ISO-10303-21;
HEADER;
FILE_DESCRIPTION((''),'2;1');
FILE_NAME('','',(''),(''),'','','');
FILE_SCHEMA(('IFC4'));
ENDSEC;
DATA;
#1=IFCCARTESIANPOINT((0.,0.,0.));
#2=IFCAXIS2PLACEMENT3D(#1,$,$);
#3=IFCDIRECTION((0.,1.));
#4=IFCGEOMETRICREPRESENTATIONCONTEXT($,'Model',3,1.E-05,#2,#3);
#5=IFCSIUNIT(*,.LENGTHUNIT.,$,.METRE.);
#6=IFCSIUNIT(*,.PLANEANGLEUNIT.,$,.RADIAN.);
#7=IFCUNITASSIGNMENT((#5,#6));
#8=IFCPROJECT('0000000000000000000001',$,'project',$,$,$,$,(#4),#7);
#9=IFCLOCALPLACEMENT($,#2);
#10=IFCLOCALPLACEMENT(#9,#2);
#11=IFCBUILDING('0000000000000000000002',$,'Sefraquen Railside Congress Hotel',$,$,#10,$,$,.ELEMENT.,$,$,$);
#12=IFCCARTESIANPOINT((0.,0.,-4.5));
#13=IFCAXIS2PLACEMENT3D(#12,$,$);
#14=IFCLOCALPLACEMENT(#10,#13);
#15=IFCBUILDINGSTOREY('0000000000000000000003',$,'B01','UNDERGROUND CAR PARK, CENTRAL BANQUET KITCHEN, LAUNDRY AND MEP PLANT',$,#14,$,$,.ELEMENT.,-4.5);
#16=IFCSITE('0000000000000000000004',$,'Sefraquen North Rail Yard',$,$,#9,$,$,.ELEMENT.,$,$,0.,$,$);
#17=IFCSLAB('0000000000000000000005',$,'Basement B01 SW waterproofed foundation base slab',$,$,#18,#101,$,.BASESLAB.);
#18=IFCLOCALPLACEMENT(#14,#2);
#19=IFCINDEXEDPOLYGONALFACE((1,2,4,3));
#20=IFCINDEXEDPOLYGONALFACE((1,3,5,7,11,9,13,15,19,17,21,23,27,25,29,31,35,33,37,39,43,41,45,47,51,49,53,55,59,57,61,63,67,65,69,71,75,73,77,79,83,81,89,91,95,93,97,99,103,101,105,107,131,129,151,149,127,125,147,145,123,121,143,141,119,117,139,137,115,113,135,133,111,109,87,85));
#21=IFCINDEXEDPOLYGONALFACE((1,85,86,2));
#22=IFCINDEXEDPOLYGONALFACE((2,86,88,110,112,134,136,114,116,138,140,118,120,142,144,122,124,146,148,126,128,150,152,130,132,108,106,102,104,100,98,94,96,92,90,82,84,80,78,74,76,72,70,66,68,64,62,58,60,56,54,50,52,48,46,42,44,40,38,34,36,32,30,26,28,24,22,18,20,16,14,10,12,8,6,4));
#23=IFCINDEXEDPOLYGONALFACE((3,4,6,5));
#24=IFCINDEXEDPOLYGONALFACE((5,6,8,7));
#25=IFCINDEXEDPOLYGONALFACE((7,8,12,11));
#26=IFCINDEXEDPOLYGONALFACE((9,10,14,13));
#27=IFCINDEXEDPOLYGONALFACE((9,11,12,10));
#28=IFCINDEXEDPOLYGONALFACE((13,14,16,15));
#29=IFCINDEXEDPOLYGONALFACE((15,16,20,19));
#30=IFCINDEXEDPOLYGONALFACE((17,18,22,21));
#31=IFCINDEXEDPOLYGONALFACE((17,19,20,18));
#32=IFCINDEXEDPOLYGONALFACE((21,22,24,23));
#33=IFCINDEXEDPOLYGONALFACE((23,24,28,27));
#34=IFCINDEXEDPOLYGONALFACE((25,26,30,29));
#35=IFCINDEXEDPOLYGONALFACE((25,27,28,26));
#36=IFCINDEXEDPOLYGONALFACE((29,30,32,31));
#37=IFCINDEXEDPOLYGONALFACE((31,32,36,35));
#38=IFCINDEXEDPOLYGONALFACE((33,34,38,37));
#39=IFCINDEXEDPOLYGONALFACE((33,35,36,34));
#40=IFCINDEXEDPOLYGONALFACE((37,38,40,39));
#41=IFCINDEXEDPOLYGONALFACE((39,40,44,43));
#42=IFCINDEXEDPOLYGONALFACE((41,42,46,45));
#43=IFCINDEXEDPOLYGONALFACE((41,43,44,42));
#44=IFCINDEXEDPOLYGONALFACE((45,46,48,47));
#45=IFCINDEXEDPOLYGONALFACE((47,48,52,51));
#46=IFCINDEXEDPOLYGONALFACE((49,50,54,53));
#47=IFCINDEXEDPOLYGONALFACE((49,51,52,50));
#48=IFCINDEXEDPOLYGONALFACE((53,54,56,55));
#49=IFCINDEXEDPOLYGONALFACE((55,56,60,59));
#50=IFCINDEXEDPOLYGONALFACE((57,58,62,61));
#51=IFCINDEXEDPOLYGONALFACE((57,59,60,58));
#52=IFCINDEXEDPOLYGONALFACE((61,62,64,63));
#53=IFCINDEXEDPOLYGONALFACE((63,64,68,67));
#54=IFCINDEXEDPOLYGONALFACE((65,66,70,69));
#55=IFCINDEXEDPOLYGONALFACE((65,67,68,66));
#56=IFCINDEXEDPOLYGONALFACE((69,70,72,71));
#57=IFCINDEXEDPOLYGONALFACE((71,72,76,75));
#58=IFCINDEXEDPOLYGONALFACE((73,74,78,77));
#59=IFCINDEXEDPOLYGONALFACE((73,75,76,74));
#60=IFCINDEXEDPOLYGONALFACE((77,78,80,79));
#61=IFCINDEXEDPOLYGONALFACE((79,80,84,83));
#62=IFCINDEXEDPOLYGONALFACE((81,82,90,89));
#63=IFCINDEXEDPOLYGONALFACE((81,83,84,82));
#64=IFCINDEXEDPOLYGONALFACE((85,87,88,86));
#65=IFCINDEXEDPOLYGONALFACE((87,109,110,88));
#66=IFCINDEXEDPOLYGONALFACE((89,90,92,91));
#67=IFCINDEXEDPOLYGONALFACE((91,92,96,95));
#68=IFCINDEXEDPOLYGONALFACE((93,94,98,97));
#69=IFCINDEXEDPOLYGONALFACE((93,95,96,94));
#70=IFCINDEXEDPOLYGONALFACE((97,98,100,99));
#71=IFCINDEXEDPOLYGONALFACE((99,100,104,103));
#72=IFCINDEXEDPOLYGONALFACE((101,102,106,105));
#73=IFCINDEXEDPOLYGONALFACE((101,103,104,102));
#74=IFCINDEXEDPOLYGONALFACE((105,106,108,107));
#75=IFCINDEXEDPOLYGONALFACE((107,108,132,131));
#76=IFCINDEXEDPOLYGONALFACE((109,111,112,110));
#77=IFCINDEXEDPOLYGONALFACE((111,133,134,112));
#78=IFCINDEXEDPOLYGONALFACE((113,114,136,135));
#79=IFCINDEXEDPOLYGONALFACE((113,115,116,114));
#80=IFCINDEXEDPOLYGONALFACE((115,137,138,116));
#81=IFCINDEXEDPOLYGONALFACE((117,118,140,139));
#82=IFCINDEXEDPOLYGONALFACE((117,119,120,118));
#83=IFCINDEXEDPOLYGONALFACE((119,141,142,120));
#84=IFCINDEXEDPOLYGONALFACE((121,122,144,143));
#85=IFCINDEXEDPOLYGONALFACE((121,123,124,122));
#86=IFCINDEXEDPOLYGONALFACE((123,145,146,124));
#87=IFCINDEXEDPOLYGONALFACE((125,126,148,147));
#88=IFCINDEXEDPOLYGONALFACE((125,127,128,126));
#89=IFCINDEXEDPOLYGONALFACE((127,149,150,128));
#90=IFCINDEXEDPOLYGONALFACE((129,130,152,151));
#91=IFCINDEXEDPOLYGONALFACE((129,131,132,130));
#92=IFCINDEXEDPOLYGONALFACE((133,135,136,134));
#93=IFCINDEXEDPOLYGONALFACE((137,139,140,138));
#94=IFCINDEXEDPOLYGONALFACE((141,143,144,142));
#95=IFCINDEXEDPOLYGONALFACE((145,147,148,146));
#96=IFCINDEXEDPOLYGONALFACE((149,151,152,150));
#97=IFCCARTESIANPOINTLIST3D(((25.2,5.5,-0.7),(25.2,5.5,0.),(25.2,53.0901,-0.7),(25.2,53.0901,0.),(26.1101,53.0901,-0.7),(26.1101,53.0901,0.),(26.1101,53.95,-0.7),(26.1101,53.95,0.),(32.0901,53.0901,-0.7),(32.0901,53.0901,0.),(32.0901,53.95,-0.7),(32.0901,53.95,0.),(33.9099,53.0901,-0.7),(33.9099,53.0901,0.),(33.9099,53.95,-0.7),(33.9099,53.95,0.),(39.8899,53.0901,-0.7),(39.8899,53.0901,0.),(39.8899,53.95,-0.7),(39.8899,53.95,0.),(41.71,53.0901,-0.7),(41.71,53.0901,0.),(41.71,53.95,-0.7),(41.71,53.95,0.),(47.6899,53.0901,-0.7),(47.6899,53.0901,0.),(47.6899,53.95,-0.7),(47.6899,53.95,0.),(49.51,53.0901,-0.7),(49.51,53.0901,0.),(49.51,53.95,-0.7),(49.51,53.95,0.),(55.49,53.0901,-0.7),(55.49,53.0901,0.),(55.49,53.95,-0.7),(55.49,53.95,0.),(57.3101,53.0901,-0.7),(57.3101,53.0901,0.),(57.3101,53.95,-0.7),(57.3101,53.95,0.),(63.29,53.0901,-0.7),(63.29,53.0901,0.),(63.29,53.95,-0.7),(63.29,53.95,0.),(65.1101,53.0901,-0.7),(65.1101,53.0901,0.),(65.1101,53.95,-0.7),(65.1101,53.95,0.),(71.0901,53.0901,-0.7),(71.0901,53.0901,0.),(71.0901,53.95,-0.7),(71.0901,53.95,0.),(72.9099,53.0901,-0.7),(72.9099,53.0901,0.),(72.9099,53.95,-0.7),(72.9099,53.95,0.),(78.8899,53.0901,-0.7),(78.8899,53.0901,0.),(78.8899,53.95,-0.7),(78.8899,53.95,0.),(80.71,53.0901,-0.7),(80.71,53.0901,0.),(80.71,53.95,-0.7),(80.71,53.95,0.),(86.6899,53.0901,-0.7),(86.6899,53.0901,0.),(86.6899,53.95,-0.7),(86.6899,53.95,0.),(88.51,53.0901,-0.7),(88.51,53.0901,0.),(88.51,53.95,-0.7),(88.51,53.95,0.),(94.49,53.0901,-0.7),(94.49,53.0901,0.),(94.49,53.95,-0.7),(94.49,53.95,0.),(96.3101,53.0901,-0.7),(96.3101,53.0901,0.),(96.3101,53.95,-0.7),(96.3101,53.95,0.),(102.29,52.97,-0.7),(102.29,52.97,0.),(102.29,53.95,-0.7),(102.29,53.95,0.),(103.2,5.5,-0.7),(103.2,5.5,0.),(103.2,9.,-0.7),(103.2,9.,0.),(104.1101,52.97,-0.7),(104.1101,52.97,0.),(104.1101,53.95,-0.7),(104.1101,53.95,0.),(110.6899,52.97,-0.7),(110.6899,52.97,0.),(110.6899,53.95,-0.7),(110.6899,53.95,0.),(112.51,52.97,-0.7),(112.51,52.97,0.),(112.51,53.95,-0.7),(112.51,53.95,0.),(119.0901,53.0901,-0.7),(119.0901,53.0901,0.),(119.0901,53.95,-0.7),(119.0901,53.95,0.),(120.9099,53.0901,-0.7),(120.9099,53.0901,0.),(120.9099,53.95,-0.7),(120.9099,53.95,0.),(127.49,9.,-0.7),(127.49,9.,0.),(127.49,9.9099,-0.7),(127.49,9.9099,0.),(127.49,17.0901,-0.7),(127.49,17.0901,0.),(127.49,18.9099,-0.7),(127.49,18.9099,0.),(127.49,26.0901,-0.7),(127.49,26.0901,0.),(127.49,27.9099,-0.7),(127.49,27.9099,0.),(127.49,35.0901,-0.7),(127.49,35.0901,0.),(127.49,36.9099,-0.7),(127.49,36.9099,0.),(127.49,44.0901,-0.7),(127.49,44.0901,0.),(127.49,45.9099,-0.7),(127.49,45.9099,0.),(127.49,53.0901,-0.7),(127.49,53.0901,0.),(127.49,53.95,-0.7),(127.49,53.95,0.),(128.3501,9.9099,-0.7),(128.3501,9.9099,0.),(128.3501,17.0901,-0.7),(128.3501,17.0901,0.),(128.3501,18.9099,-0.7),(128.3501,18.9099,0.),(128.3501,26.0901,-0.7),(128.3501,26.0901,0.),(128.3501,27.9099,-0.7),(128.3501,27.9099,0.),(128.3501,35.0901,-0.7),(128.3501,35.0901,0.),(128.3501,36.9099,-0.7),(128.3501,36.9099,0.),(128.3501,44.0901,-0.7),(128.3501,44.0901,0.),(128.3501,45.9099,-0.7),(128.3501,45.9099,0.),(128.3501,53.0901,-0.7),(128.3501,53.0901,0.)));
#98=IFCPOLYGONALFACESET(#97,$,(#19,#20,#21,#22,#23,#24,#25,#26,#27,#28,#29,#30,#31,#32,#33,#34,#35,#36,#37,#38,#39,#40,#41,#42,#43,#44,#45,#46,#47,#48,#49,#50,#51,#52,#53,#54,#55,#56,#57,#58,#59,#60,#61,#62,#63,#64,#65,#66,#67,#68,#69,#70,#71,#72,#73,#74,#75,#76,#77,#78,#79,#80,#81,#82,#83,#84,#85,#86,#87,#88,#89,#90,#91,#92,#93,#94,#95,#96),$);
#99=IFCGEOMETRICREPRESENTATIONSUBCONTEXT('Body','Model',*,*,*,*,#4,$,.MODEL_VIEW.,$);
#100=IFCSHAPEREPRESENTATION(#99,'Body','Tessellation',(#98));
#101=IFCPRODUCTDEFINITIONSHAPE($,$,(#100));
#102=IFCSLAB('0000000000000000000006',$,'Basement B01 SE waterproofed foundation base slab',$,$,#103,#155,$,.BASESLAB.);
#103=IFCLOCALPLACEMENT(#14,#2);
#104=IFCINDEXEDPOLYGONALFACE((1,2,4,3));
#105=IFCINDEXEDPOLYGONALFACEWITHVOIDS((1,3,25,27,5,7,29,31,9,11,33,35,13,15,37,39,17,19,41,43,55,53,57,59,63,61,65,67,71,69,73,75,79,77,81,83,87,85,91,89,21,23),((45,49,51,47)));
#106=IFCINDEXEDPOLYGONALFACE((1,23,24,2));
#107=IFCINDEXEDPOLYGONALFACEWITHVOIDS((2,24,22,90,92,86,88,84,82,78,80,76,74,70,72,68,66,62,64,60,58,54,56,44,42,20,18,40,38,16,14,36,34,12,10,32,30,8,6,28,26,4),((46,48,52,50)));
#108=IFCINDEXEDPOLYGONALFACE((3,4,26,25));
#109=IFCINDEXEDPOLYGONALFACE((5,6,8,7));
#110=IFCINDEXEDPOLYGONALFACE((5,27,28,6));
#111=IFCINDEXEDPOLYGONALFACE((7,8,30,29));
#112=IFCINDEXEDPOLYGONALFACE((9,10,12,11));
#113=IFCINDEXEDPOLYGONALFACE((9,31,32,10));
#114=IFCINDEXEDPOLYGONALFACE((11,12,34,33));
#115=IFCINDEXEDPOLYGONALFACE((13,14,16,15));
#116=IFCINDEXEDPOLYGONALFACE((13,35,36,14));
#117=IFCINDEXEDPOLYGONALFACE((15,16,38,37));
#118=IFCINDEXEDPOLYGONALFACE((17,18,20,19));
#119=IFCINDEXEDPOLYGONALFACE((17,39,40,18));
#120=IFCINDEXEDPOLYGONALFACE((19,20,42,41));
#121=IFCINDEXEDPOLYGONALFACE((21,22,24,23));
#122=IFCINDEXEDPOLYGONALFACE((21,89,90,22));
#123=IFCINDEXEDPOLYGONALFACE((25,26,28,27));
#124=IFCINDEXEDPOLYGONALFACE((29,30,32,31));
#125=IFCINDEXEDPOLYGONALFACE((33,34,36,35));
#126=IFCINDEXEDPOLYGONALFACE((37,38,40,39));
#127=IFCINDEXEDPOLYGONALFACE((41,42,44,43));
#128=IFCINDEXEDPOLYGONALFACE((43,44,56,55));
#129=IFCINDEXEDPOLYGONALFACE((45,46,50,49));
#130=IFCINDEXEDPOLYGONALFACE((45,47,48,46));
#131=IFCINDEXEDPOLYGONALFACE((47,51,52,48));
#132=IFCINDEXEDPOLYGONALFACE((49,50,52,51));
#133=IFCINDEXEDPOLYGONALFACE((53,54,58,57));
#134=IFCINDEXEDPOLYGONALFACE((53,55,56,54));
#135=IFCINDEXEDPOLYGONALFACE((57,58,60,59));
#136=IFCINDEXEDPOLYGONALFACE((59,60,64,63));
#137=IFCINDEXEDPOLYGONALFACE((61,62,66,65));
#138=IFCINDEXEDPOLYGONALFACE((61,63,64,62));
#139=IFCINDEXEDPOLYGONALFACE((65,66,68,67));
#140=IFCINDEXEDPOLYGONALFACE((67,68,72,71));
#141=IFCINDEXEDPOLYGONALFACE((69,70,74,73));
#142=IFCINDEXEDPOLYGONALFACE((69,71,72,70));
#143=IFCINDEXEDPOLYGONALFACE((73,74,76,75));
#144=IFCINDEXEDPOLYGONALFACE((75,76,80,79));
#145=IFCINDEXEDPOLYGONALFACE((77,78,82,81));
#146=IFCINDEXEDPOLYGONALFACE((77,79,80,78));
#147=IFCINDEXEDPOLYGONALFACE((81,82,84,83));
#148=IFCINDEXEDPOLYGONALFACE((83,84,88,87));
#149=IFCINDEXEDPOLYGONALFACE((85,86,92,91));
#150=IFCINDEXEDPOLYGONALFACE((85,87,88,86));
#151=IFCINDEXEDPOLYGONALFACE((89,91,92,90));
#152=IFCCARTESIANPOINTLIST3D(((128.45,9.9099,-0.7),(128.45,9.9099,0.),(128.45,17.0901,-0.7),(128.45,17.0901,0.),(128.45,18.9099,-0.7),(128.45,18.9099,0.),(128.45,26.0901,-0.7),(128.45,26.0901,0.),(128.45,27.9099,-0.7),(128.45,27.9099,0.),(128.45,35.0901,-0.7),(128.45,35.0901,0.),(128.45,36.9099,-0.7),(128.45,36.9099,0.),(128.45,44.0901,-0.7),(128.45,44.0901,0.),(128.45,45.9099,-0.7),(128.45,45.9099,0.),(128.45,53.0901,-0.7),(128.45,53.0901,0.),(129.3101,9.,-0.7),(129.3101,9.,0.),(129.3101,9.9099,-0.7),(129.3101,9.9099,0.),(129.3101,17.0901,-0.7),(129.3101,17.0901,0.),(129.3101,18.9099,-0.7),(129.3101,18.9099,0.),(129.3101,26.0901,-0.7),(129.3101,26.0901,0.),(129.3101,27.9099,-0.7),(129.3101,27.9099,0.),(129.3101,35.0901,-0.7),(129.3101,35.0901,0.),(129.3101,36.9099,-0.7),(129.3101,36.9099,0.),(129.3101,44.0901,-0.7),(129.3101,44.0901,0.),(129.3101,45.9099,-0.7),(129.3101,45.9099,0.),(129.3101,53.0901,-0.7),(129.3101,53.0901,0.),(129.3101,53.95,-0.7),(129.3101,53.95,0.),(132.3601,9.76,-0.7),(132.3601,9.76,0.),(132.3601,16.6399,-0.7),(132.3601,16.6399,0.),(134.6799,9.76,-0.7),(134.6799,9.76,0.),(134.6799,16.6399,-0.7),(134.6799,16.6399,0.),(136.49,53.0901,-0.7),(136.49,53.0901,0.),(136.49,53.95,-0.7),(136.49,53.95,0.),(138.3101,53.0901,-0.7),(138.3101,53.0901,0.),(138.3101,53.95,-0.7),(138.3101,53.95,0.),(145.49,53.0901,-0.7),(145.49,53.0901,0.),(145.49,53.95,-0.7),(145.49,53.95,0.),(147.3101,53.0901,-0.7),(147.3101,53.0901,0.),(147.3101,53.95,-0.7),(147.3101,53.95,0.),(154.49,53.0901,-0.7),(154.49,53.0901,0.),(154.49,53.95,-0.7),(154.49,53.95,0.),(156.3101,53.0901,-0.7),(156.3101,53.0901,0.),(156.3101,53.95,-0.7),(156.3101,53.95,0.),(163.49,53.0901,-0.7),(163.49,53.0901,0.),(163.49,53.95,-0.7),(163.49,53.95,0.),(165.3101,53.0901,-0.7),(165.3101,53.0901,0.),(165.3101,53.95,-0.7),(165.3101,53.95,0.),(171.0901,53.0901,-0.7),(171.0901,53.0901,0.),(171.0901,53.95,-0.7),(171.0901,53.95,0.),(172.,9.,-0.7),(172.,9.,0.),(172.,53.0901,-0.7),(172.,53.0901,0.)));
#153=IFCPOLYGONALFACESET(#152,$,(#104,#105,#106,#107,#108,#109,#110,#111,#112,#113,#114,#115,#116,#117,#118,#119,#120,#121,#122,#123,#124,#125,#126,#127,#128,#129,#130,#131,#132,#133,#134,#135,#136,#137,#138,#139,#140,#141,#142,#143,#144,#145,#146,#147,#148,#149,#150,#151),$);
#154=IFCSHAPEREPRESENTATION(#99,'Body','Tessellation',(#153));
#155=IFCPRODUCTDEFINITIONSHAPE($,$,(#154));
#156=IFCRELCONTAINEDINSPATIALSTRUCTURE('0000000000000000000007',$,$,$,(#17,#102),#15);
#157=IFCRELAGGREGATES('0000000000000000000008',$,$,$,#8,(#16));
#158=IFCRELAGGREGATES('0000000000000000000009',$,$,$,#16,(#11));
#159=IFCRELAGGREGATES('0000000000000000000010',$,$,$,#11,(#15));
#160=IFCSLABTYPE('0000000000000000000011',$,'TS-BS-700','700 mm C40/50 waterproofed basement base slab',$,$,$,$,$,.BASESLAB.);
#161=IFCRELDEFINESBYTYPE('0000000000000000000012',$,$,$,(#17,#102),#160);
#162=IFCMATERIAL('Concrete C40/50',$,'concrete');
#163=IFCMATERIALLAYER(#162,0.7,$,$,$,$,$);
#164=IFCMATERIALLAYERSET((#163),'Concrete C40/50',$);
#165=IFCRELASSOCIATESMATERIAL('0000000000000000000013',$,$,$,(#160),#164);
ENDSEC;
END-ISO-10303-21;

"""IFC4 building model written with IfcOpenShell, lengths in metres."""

from ifc_helpers import new_model, si_unit, direction, frame, origin, place, context, subcontext, project, spatial, polyline, outline, extrude, material, layer, layer_set, type_object, element, save


model = new_model("IFC4")

# Units and contexts
model_context = context("Model", 3, precision=1e-05, world=origin(), true_north=direction((0.0, 1.0)))
body_context = subcontext(model_context, "Body", "Model", "MODEL_VIEW")
ifc_project = project(units=[si_unit("LENGTHUNIT", "METRE"), si_unit("PLANEANGLEUNIT", "RADIAN")], contexts=[model_context])

# Site, building, storey
site_placement = place(None, origin())
site = spatial("IfcSite", under=ifc_project, at=site_placement, Name="Sefraquen North Rail Yard", CompositionType="ELEMENT", RefElevation=0.0)
building_placement = place(site_placement, origin())
building = spatial("IfcBuilding", under=site, at=building_placement, Name="Sefraquen Railside Congress Hotel", CompositionType="ELEMENT")
storey_placement = place(building_placement, frame((0.0, 0.0, -4.5)))
storey = spatial("IfcBuildingStorey", under=building, at=storey_placement, Name="B01", Description="UNDERGROUND CAR PARK, CENTRAL BANQUET KITCHEN, LAUNDRY AND MEP PLANT", CompositionType="ELEMENT", Elevation=-4.5)

# Slabs
ifc_material_1 = material(Name="Concrete C40/50", Category="concrete")
ifc_layer_1 = layer(ifc_material_1, 0.7)
ifc_layer_set_1 = layer_set([ifc_layer_1], Name="Concrete C40/50")
slab_type_1 = type_object("IfcSlabType", Name="TS-BS-700", Description="700 mm C40/50 waterproofed basement base slab", PredefinedType="BASESLAB", material=ifc_layer_set_1)
slab_1_placement = place(storey_placement, frame((0.0, 0.0, -0.7)))
element("IfcSlab", 1, at=slab_1_placement, inside=storey, type_object=slab_type_1, Name="Basement B01 SW waterproofed foundation base slab", PredefinedType="BASESLAB", context=body_context, shape_type="SweptSolid", body=[
    extrude(outline(polyline([(103.2, 5.5), (25.2, 5.5), (25.2, 53.0901), (26.1101, 53.0901), (26.1101, 53.95), (32.0901, 53.95), (32.0901, 53.0901), (33.9099, 53.0901), (33.9099, 53.95), (39.8899, 53.95), (39.8899, 53.0901), (41.71, 53.0901), (41.71, 53.95), (47.6899, 53.95), (47.6899, 53.0901), (49.51, 53.0901), (49.51, 53.95), (55.49, 53.95), (55.49, 53.0901), (57.3101, 53.0901), (57.3101, 53.95), (63.29, 53.95), (63.29, 53.0901), (65.1101, 53.0901), (65.1101, 53.95), (71.0901, 53.95), (71.0901, 53.0901), (72.9099, 53.0901), (72.9099, 53.95), (78.8899, 53.95), (78.8899, 53.0901), (80.71, 53.0901), (80.71, 53.95), (86.6899, 53.95), (86.6899, 53.0901), (88.51, 53.0901), (88.51, 53.95), (94.49, 53.95), (94.49, 53.0901), (96.3101, 53.0901), (96.3101, 53.95), (102.29, 53.95), (102.29, 52.97), (104.1101, 52.97), (104.1101, 53.95), (110.6899, 53.95), (110.6899, 52.97), (112.51, 52.97), (112.51, 53.95), (119.0901, 53.95), (119.0901, 53.0901), (120.9099, 53.0901), (120.9099, 53.95), (127.49, 53.95), (127.49, 53.0901), (128.3501, 53.0901), (128.3501, 45.9099), (127.49, 45.9099), (127.49, 44.0901), (128.3501, 44.0901), (128.3501, 36.9099), (127.49, 36.9099), (127.49, 35.0901), (128.3501, 35.0901), (128.3501, 27.9099), (127.49, 27.9099), (127.49, 26.0901), (128.3501, 26.0901), (128.3501, 18.9099), (127.49, 18.9099), (127.49, 17.0901), (128.3501, 17.0901), (128.3501, 9.9099), (127.49, 9.9099), (127.49, 9.0), (103.2, 9.0), (103.2, 5.5)])), origin(), (0.0, 0.0, 1.0), 0.7),
])
slab_2_placement = place(storey_placement, frame((0.0, 0.0, -0.7)))
element("IfcSlab", 2, at=slab_2_placement, inside=storey, type_object=slab_type_1, Name="Basement B01 SE waterproofed foundation base slab", PredefinedType="BASESLAB", context=body_context, shape_type="SweptSolid", body=[
    extrude(outline(polyline([(171.0901, 53.0901), (172.0, 53.0901), (172.0, 9.0), (129.3101, 9.0), (129.3101, 9.9099), (128.45, 9.9099), (128.45, 17.0901), (129.3101, 17.0901), (129.3101, 18.9099), (128.45, 18.9099), (128.45, 26.0901), (129.3101, 26.0901), (129.3101, 27.9099), (128.45, 27.9099), (128.45, 35.0901), (129.3101, 35.0901), (129.3101, 36.9099), (128.45, 36.9099), (128.45, 44.0901), (129.3101, 44.0901), (129.3101, 45.9099), (128.45, 45.9099), (128.45, 53.0901), (129.3101, 53.0901), (129.3101, 53.95), (136.49, 53.95), (136.49, 53.0901), (138.3101, 53.0901), (138.3101, 53.95), (145.49, 53.95), (145.49, 53.0901), (147.3101, 53.0901), (147.3101, 53.95), (154.49, 53.95), (154.49, 53.0901), (156.3101, 53.0901), (156.3101, 53.95), (163.49, 53.95), (163.49, 53.0901), (165.3101, 53.0901), (165.3101, 53.95), (171.0901, 53.95), (171.0901, 53.0901)]), holes=[polyline([(134.6799, 16.6399), (132.3601, 16.6399), (132.3601, 9.76), (134.6799, 9.76), (134.6799, 16.6399)])]), origin(), (0.0, 0.0, 1.0), 0.7),
])

save(model, "model.ifc")
